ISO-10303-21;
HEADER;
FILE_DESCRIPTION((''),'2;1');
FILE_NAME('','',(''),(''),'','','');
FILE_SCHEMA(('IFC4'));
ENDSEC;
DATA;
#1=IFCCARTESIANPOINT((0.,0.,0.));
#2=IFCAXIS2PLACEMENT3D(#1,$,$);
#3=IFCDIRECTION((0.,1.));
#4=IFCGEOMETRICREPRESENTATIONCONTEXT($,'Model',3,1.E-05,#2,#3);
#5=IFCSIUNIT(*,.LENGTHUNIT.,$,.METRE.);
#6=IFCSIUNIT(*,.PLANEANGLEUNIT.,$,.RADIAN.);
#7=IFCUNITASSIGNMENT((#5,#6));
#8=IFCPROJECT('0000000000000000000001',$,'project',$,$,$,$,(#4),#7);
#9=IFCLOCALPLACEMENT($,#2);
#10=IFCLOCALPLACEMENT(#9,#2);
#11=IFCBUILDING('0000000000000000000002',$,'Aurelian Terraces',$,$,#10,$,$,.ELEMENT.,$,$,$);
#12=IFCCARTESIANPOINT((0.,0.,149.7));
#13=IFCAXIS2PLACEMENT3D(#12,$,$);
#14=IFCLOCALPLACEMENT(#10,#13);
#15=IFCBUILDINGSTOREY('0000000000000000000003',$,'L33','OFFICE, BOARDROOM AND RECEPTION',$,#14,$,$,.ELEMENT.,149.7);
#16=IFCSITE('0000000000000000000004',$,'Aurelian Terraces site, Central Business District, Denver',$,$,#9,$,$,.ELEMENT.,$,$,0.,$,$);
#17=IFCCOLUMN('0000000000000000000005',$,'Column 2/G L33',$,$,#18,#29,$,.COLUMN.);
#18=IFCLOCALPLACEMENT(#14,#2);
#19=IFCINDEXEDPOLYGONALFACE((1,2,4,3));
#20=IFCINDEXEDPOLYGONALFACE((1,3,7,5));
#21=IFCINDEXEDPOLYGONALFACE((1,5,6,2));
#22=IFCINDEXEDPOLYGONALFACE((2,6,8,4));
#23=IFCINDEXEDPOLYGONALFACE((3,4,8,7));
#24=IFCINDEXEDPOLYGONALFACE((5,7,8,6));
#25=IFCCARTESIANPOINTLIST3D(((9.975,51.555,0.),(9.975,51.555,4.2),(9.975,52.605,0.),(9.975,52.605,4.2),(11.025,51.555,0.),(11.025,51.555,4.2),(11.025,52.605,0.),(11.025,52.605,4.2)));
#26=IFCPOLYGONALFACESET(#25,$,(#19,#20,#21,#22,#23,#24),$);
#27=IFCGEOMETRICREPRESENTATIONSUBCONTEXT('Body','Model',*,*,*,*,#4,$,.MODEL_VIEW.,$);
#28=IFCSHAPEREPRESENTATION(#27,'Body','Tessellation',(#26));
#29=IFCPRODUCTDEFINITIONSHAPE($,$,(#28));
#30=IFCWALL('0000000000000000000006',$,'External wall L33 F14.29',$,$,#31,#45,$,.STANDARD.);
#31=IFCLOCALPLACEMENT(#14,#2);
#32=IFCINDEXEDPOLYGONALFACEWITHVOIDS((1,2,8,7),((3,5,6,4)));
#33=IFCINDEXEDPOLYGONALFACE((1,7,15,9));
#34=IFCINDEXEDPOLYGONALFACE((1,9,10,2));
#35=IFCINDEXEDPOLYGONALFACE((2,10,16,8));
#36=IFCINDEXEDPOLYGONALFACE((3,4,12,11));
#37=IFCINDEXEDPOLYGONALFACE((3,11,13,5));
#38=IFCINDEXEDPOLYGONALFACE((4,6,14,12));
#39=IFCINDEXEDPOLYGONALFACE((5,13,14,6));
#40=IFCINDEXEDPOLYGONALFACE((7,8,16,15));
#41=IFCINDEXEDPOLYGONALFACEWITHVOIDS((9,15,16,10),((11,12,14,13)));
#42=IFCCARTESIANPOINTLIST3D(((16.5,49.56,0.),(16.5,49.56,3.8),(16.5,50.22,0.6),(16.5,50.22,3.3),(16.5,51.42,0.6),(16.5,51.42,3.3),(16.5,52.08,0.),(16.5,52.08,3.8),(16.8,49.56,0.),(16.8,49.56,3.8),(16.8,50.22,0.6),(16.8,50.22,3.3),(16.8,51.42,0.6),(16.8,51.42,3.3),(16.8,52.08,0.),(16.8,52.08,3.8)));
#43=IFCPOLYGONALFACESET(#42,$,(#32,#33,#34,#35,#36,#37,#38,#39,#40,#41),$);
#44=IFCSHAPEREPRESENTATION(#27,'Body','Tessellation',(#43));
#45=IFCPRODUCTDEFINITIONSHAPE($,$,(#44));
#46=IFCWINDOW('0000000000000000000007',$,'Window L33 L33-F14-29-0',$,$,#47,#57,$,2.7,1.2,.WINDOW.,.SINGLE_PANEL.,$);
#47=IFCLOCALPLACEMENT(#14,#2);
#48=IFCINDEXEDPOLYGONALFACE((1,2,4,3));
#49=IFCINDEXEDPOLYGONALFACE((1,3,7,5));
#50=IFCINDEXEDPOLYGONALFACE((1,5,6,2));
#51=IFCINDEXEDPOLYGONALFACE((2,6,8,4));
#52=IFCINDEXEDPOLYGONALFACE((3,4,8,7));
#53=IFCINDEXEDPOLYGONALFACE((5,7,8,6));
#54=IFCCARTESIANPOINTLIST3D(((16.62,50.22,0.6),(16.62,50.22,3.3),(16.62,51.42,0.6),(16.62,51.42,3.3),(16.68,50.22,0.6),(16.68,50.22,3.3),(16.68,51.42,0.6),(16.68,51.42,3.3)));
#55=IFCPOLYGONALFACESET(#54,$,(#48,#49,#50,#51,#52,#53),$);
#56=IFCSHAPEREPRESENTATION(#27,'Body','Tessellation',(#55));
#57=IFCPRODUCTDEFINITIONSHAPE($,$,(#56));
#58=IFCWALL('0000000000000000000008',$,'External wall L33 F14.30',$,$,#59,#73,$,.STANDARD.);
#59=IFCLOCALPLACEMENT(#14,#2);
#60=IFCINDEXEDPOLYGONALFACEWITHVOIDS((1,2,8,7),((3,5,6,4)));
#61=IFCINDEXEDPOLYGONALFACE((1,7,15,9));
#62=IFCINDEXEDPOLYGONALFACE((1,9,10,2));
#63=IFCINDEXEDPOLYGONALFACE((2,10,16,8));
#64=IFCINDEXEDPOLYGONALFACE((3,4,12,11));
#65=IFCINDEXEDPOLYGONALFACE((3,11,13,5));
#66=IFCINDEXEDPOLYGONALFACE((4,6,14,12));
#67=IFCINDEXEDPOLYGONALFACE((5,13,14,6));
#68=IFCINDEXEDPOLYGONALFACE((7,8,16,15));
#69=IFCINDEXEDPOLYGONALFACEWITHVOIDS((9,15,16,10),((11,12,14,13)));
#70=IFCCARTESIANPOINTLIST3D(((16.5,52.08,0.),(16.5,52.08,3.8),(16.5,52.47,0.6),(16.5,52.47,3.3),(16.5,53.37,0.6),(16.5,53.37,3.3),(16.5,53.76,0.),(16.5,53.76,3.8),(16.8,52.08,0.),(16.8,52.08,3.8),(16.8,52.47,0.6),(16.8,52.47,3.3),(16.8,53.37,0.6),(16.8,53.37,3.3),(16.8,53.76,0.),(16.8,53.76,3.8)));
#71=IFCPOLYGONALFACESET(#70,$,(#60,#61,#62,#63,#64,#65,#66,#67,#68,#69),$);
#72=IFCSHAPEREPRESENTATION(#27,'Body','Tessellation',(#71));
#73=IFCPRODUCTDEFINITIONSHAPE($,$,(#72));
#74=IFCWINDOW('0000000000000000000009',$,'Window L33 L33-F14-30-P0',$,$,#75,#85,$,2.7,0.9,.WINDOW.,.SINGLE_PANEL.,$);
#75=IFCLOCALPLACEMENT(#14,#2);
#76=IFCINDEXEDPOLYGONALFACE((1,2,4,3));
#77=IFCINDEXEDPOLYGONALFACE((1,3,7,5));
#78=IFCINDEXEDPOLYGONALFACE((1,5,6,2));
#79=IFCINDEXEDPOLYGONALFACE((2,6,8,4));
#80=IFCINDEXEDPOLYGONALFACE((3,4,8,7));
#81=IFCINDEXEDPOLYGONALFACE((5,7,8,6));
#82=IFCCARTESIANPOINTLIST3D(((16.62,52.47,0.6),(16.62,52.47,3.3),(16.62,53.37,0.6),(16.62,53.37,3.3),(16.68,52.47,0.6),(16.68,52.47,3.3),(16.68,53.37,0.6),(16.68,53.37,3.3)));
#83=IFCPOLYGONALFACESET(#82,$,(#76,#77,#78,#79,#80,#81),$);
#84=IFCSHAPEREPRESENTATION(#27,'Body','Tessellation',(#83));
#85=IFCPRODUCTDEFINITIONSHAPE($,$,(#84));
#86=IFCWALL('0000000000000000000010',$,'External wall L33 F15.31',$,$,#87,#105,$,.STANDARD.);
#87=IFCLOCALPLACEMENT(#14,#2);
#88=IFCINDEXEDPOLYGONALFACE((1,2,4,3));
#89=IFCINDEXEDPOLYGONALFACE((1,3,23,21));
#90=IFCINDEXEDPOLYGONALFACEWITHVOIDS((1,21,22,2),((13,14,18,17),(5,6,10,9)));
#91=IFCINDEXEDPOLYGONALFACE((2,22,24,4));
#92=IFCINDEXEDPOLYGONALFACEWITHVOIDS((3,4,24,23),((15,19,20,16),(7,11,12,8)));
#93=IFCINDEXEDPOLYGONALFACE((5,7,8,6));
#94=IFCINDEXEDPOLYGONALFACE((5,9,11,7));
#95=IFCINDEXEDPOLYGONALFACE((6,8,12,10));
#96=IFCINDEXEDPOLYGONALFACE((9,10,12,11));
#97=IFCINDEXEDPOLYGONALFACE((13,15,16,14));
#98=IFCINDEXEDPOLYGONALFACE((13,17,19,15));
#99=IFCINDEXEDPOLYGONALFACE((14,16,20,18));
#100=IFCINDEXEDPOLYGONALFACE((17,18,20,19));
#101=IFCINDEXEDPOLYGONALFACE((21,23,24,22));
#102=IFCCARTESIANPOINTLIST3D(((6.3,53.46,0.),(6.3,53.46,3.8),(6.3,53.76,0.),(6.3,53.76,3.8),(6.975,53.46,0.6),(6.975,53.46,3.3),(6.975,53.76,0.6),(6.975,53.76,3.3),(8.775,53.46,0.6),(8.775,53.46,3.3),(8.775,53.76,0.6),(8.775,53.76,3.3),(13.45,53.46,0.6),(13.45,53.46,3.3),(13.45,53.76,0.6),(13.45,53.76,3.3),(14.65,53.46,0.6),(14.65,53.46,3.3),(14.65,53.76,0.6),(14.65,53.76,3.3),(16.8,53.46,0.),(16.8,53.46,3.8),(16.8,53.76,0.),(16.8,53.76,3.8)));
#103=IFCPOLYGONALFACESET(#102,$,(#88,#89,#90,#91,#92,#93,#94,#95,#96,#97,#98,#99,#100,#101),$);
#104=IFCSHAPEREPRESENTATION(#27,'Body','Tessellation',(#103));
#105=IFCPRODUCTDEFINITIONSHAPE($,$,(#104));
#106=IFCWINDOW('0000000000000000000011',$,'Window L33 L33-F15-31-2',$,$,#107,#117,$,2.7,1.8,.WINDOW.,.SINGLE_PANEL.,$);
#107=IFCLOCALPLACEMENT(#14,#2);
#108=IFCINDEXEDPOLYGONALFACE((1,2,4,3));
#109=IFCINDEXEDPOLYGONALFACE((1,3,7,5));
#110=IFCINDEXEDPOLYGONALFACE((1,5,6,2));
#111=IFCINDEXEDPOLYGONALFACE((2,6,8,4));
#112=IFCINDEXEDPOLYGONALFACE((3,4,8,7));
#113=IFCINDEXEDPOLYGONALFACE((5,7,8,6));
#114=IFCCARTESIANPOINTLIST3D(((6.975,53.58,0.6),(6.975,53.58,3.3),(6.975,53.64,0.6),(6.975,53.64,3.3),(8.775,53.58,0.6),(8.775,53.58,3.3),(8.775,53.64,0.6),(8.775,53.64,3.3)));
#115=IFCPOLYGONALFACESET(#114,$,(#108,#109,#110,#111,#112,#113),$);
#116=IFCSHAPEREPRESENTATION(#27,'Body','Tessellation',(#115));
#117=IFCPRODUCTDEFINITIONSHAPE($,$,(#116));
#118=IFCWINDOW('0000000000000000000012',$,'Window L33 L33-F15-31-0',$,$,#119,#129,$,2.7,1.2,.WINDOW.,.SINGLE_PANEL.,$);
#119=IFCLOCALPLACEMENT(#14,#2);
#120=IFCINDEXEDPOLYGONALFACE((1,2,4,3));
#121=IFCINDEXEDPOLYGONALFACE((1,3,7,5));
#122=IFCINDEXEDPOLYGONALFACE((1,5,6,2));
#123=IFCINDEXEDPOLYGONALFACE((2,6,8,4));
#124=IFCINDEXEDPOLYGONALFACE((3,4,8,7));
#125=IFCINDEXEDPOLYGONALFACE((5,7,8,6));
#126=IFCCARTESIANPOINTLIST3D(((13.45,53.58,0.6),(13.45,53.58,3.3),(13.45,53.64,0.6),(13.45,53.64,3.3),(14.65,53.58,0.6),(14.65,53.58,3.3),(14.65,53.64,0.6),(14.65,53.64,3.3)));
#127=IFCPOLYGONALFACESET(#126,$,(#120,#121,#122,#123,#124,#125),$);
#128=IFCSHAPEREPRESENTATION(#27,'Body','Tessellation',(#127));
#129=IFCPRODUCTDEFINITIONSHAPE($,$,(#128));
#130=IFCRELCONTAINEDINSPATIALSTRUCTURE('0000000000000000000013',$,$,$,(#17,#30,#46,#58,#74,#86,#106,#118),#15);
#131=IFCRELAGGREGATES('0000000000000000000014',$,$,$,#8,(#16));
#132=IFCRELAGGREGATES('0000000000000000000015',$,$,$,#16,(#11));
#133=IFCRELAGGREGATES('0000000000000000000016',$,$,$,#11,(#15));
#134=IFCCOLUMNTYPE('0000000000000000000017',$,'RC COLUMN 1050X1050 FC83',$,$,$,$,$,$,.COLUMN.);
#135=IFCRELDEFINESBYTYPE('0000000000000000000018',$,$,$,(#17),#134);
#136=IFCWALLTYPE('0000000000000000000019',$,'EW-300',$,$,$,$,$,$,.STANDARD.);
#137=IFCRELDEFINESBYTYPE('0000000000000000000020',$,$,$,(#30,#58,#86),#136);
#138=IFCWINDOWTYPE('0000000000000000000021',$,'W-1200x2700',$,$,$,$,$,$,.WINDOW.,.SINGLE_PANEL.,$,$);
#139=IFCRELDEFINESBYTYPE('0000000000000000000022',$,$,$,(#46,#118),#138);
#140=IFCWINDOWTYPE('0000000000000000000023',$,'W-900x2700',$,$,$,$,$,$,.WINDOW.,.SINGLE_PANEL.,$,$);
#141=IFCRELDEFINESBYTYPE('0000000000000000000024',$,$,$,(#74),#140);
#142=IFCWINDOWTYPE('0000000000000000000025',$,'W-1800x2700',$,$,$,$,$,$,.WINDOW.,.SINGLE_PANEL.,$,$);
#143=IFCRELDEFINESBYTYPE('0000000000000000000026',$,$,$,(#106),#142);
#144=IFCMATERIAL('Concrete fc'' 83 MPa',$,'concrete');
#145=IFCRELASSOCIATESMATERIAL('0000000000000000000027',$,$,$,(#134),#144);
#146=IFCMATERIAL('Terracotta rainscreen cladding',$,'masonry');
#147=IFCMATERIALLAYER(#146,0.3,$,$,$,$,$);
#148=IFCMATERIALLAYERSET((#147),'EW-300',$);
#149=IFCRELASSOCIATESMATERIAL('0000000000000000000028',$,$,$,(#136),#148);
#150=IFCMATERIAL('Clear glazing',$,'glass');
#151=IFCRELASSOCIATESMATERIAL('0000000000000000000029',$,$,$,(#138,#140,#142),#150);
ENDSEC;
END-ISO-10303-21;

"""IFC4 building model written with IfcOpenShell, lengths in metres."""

from ifc_helpers import new_model, si_unit, direction, frame, frame_2d, origin, origin_2d, place, context, subcontext, project, spatial, rectangle, extrude, source, transform, mapped, material, layer, layer_set, material_profile, profile_set, type_object, element, fill, save


model = new_model("IFC4")

# Units and contexts
model_context = context("Model", 3, precision=1e-05, world=origin(), true_north=direction((0.0, 1.0)))
body_context = subcontext(model_context, "Body", "Model", "MODEL_VIEW")
ifc_project = project(units=[si_unit("LENGTHUNIT", "METRE"), si_unit("PLANEANGLEUNIT", "RADIAN")], contexts=[model_context])

# Site, building, storey
site_placement = place(None, origin())
site = spatial("IfcSite", under=ifc_project, at=site_placement, Name="Aurelian Terraces site, Central Business District, Denver", CompositionType="ELEMENT", RefElevation=0.0)
building_placement = place(site_placement, origin())
building = spatial("IfcBuilding", under=site, at=building_placement, Name="Aurelian Terraces", CompositionType="ELEMENT")
storey_placement = place(building_placement, frame((0.0, 0.0, 149.7)))
storey = spatial("IfcBuildingStorey", under=building, at=storey_placement, Name="L33", Description="OFFICE, BOARDROOM AND RECEPTION", CompositionType="ELEMENT", Elevation=149.7)

# Column
ifc_material_1 = material(Name="Concrete fc' 83 MPa", Category="concrete")
ifc_material_profile = material_profile(ifc_material_1, rectangle(XDim=1.05, YDim=1.05, at=origin_2d()))
ifc_profile_set = profile_set([ifc_material_profile], Name="Concrete fc' 83 MPa")
column_type = type_object("IfcColumnType", Name="RC COLUMN 1050X1050 FC83", PredefinedType="COLUMN", material=ifc_profile_set)
shared_shape_1 = source(origin(), body_context, "Body", "SweptSolid", [
    extrude(rectangle(XDim=1.05, YDim=1.05, at=origin_2d()), origin(), (0.0, 0.0, 1.0), 4.2),
])
column_placement = place(storey_placement, frame((10.5, 52.08, 0.0), z_axis=(0.0, 0.0, 1.0), x_axis=(1.0, 0.0, 0.0)))
element("IfcColumn", 1, at=column_placement, inside=storey, type_object=column_type, Name="Column 2/G L33", PredefinedType="COLUMN", context=body_context, shape_type="MappedRepresentation", body=[
    mapped(shared_shape_1, transform((0.0, 0.0, 0.0), scale=1.0)),
])

# Walls, openings, windows
ifc_material_2 = material(Name="Terracotta rainscreen cladding", Category="masonry")
ifc_layer_1 = layer(ifc_material_2, 0.3)
ifc_layer_set_1 = layer_set([ifc_layer_1], Name="EW-300")
wall_type_1 = type_object("IfcWallType", Name="EW-300", PredefinedType="STANDARD", material=ifc_layer_set_1)
shared_shape_2 = source(origin(), body_context, "Body", "SweptSolid", [
    extrude(rectangle(XDim=2.52, YDim=0.3, at=frame_2d((1.26, 0.0))), origin(), (0.0, 0.0, 1.0), 3.8),
])
wall_1_placement = place(storey_placement, frame((16.65, 49.56, 0.0), z_axis=(0.0, 0.0, 1.0), x_axis=(0.0, 1.0, 0.0)))
wall_1 = element("IfcWall", 2, at=wall_1_placement, inside=storey, type_object=wall_type_1, Name="External wall L33 F14.29", PredefinedType="STANDARD", context=body_context, shape_type="MappedRepresentation", body=[
    mapped(shared_shape_2, transform((0.0, 0.0, 0.0), scale=1.0)),
])
shared_shape_3 = source(origin(), body_context, "Body", "SweptSolid", [
    extrude(rectangle(XDim=1.2, YDim=2.7, at=frame_2d((0.6, 1.35))), frame((0.0, 0.16, 0.0), z_axis=(0.0, -1.0, 0.0), x_axis=(1.0, 0.0, 0.0)), (0.0, 0.0, 1.0), 0.32),
])
opening_1_placement = place(wall_1_placement, frame((0.66, 0.0, 0.6)))
opening_1 = element("IfcOpeningElement", 3, at=opening_1_placement, cuts=wall_1, PredefinedType="OPENING", context=body_context, shape_type="MappedRepresentation", body=[
    mapped(shared_shape_3, transform((0.0, 0.0, 0.0), scale=1.0)),
])
ifc_material_3 = material(Name="Clear glazing", Category="glass")
window_type_1 = type_object("IfcWindowType", Name="W-1200x2700", PartitioningType="SINGLE_PANEL", PredefinedType="WINDOW", material=ifc_material_3)
shared_shape_4 = source(origin(), body_context, "Body", "SweptSolid", [
    extrude(rectangle(XDim=1.2, YDim=2.7, at=frame_2d((0.6, 1.35))), frame((0.0, 0.03, 0.0), z_axis=(0.0, -1.0, 0.0), x_axis=(1.0, 0.0, 0.0)), (0.0, 0.0, 1.0), 0.06),
])
window_1_placement = place(opening_1_placement, origin())
window_1 = element("IfcWindow", 4, at=window_1_placement, inside=storey, type_object=window_type_1, Name="Window L33 L33-F14-29-0", OverallHeight=2.7, OverallWidth=1.2, PartitioningType="SINGLE_PANEL", PredefinedType="WINDOW", context=body_context, shape_type="MappedRepresentation", body=[
    mapped(shared_shape_4, transform((0.0, 0.0, 0.0), scale=1.0)),
])
fill(opening_1, window_1)
shared_shape_5 = source(origin(), body_context, "Body", "SweptSolid", [
    extrude(rectangle(XDim=1.68, YDim=0.3, at=frame_2d((0.84, 0.0))), origin(), (0.0, 0.0, 1.0), 3.8),
])
wall_2_placement = place(storey_placement, frame((16.65, 52.08, 0.0), z_axis=(0.0, 0.0, 1.0), x_axis=(0.0, 1.0, 0.0)))
wall_2 = element("IfcWall", 5, at=wall_2_placement, inside=storey, type_object=wall_type_1, Name="External wall L33 F14.30", PredefinedType="STANDARD", context=body_context, shape_type="MappedRepresentation", body=[
    mapped(shared_shape_5, transform((0.0, 0.0, 0.0), scale=1.0)),
])
shared_shape_6 = source(origin(), body_context, "Body", "SweptSolid", [
    extrude(rectangle(XDim=0.9, YDim=2.7, at=frame_2d((0.45, 1.35))), frame((0.0, 0.16, 0.0), z_axis=(0.0, -1.0, 0.0), x_axis=(1.0, 0.0, 0.0)), (0.0, 0.0, 1.0), 0.32),
])
opening_2_placement = place(wall_2_placement, frame((0.39, 0.0, 0.6)))
opening_2 = element("IfcOpeningElement", 6, at=opening_2_placement, cuts=wall_2, PredefinedType="OPENING", context=body_context, shape_type="MappedRepresentation", body=[
    mapped(shared_shape_6, transform((0.0, 0.0, 0.0), scale=1.0)),
])
window_type_2 = type_object("IfcWindowType", Name="W-900x2700", PartitioningType="SINGLE_PANEL", PredefinedType="WINDOW", material=ifc_material_3)
shared_shape_7 = source(origin(), body_context, "Body", "SweptSolid", [
    extrude(rectangle(XDim=0.9, YDim=2.7, at=frame_2d((0.45, 1.35))), frame((0.0, 0.03, 0.0), z_axis=(0.0, -1.0, 0.0), x_axis=(1.0, 0.0, 0.0)), (0.0, 0.0, 1.0), 0.06),
])
window_2_placement = place(opening_2_placement, origin())
window_2 = element("IfcWindow", 7, at=window_2_placement, inside=storey, type_object=window_type_2, Name="Window L33 L33-F14-30-P0", OverallHeight=2.7, OverallWidth=0.9, PartitioningType="SINGLE_PANEL", PredefinedType="WINDOW", context=body_context, shape_type="MappedRepresentation", body=[
    mapped(shared_shape_7, transform((0.0, 0.0, 0.0), scale=1.0)),
])
fill(opening_2, window_2)

# Wall, openings, windows
shared_shape_8 = source(origin(), body_context, "Body", "SweptSolid", [
    extrude(rectangle(XDim=10.5, YDim=0.3, at=frame_2d((5.25, 0.0))), origin(), (0.0, 0.0, 1.0), 3.8),
])
wall_3_placement = place(storey_placement, frame((16.8, 53.61, 0.0), z_axis=(0.0, 0.0, 1.0), x_axis=(-1.0, 0.0, 0.0)))
wall_3 = element("IfcWall", 8, at=wall_3_placement, inside=storey, type_object=wall_type_1, Name="External wall L33 F15.31", PredefinedType="STANDARD", context=body_context, shape_type="MappedRepresentation", body=[
    mapped(shared_shape_8, transform((0.0, 0.0, 0.0), scale=1.0)),
])
opening_3_placement = place(wall_3_placement, frame((2.15, 0.0, 0.6)))
opening_3 = element("IfcOpeningElement", 9, at=opening_3_placement, cuts=wall_3, PredefinedType="OPENING", context=body_context, shape_type="MappedRepresentation", body=[
    mapped(shared_shape_3, transform((0.0, 0.0, 0.0), scale=1.0)),
])
shared_shape_9 = source(origin(), body_context, "Body", "SweptSolid", [
    extrude(rectangle(XDim=1.8, YDim=2.7, at=frame_2d((0.9, 1.35))), frame((0.0, 0.16, 0.0), z_axis=(0.0, -1.0, 0.0), x_axis=(1.0, 0.0, 0.0)), (0.0, 0.0, 1.0), 0.32),
])
opening_4_placement = place(wall_3_placement, frame((8.025, 0.0, 0.6)))
opening_4 = element("IfcOpeningElement", 10, at=opening_4_placement, cuts=wall_3, PredefinedType="OPENING", context=body_context, shape_type="MappedRepresentation", body=[
    mapped(shared_shape_9, transform((0.0, 0.0, 0.0), scale=1.0)),
])
window_type_3 = type_object("IfcWindowType", Name="W-1800x2700", PartitioningType="SINGLE_PANEL", PredefinedType="WINDOW", material=ifc_material_3)
shared_shape_10 = source(origin(), body_context, "Body", "SweptSolid", [
    extrude(rectangle(XDim=1.8, YDim=2.7, at=frame_2d((0.9, 1.35))), frame((0.0, 0.03, 0.0), z_axis=(0.0, -1.0, 0.0), x_axis=(1.0, 0.0, 0.0)), (0.0, 0.0, 1.0), 0.06),
])
window_3_placement = place(opening_4_placement, origin())
window_3 = element("IfcWindow", 11, at=window_3_placement, inside=storey, type_object=window_type_3, Name="Window L33 L33-F15-31-2", OverallHeight=2.7, OverallWidth=1.8, PartitioningType="SINGLE_PANEL", PredefinedType="WINDOW", context=body_context, shape_type="MappedRepresentation", body=[
    mapped(shared_shape_10, transform((0.0, 0.0, 0.0), scale=1.0)),
])
fill(opening_4, window_3)
window_4_placement = place(opening_3_placement, origin())
window_4 = element("IfcWindow", 12, at=window_4_placement, inside=storey, type_object=window_type_1, Name="Window L33 L33-F15-31-0", OverallHeight=2.7, OverallWidth=1.2, PartitioningType="SINGLE_PANEL", PredefinedType="WINDOW", context=body_context, shape_type="MappedRepresentation", body=[
    mapped(shared_shape_4, transform((0.0, 0.0, 0.0), scale=1.0)),
])
fill(opening_3, window_4)

save(model, "model.ifc")
